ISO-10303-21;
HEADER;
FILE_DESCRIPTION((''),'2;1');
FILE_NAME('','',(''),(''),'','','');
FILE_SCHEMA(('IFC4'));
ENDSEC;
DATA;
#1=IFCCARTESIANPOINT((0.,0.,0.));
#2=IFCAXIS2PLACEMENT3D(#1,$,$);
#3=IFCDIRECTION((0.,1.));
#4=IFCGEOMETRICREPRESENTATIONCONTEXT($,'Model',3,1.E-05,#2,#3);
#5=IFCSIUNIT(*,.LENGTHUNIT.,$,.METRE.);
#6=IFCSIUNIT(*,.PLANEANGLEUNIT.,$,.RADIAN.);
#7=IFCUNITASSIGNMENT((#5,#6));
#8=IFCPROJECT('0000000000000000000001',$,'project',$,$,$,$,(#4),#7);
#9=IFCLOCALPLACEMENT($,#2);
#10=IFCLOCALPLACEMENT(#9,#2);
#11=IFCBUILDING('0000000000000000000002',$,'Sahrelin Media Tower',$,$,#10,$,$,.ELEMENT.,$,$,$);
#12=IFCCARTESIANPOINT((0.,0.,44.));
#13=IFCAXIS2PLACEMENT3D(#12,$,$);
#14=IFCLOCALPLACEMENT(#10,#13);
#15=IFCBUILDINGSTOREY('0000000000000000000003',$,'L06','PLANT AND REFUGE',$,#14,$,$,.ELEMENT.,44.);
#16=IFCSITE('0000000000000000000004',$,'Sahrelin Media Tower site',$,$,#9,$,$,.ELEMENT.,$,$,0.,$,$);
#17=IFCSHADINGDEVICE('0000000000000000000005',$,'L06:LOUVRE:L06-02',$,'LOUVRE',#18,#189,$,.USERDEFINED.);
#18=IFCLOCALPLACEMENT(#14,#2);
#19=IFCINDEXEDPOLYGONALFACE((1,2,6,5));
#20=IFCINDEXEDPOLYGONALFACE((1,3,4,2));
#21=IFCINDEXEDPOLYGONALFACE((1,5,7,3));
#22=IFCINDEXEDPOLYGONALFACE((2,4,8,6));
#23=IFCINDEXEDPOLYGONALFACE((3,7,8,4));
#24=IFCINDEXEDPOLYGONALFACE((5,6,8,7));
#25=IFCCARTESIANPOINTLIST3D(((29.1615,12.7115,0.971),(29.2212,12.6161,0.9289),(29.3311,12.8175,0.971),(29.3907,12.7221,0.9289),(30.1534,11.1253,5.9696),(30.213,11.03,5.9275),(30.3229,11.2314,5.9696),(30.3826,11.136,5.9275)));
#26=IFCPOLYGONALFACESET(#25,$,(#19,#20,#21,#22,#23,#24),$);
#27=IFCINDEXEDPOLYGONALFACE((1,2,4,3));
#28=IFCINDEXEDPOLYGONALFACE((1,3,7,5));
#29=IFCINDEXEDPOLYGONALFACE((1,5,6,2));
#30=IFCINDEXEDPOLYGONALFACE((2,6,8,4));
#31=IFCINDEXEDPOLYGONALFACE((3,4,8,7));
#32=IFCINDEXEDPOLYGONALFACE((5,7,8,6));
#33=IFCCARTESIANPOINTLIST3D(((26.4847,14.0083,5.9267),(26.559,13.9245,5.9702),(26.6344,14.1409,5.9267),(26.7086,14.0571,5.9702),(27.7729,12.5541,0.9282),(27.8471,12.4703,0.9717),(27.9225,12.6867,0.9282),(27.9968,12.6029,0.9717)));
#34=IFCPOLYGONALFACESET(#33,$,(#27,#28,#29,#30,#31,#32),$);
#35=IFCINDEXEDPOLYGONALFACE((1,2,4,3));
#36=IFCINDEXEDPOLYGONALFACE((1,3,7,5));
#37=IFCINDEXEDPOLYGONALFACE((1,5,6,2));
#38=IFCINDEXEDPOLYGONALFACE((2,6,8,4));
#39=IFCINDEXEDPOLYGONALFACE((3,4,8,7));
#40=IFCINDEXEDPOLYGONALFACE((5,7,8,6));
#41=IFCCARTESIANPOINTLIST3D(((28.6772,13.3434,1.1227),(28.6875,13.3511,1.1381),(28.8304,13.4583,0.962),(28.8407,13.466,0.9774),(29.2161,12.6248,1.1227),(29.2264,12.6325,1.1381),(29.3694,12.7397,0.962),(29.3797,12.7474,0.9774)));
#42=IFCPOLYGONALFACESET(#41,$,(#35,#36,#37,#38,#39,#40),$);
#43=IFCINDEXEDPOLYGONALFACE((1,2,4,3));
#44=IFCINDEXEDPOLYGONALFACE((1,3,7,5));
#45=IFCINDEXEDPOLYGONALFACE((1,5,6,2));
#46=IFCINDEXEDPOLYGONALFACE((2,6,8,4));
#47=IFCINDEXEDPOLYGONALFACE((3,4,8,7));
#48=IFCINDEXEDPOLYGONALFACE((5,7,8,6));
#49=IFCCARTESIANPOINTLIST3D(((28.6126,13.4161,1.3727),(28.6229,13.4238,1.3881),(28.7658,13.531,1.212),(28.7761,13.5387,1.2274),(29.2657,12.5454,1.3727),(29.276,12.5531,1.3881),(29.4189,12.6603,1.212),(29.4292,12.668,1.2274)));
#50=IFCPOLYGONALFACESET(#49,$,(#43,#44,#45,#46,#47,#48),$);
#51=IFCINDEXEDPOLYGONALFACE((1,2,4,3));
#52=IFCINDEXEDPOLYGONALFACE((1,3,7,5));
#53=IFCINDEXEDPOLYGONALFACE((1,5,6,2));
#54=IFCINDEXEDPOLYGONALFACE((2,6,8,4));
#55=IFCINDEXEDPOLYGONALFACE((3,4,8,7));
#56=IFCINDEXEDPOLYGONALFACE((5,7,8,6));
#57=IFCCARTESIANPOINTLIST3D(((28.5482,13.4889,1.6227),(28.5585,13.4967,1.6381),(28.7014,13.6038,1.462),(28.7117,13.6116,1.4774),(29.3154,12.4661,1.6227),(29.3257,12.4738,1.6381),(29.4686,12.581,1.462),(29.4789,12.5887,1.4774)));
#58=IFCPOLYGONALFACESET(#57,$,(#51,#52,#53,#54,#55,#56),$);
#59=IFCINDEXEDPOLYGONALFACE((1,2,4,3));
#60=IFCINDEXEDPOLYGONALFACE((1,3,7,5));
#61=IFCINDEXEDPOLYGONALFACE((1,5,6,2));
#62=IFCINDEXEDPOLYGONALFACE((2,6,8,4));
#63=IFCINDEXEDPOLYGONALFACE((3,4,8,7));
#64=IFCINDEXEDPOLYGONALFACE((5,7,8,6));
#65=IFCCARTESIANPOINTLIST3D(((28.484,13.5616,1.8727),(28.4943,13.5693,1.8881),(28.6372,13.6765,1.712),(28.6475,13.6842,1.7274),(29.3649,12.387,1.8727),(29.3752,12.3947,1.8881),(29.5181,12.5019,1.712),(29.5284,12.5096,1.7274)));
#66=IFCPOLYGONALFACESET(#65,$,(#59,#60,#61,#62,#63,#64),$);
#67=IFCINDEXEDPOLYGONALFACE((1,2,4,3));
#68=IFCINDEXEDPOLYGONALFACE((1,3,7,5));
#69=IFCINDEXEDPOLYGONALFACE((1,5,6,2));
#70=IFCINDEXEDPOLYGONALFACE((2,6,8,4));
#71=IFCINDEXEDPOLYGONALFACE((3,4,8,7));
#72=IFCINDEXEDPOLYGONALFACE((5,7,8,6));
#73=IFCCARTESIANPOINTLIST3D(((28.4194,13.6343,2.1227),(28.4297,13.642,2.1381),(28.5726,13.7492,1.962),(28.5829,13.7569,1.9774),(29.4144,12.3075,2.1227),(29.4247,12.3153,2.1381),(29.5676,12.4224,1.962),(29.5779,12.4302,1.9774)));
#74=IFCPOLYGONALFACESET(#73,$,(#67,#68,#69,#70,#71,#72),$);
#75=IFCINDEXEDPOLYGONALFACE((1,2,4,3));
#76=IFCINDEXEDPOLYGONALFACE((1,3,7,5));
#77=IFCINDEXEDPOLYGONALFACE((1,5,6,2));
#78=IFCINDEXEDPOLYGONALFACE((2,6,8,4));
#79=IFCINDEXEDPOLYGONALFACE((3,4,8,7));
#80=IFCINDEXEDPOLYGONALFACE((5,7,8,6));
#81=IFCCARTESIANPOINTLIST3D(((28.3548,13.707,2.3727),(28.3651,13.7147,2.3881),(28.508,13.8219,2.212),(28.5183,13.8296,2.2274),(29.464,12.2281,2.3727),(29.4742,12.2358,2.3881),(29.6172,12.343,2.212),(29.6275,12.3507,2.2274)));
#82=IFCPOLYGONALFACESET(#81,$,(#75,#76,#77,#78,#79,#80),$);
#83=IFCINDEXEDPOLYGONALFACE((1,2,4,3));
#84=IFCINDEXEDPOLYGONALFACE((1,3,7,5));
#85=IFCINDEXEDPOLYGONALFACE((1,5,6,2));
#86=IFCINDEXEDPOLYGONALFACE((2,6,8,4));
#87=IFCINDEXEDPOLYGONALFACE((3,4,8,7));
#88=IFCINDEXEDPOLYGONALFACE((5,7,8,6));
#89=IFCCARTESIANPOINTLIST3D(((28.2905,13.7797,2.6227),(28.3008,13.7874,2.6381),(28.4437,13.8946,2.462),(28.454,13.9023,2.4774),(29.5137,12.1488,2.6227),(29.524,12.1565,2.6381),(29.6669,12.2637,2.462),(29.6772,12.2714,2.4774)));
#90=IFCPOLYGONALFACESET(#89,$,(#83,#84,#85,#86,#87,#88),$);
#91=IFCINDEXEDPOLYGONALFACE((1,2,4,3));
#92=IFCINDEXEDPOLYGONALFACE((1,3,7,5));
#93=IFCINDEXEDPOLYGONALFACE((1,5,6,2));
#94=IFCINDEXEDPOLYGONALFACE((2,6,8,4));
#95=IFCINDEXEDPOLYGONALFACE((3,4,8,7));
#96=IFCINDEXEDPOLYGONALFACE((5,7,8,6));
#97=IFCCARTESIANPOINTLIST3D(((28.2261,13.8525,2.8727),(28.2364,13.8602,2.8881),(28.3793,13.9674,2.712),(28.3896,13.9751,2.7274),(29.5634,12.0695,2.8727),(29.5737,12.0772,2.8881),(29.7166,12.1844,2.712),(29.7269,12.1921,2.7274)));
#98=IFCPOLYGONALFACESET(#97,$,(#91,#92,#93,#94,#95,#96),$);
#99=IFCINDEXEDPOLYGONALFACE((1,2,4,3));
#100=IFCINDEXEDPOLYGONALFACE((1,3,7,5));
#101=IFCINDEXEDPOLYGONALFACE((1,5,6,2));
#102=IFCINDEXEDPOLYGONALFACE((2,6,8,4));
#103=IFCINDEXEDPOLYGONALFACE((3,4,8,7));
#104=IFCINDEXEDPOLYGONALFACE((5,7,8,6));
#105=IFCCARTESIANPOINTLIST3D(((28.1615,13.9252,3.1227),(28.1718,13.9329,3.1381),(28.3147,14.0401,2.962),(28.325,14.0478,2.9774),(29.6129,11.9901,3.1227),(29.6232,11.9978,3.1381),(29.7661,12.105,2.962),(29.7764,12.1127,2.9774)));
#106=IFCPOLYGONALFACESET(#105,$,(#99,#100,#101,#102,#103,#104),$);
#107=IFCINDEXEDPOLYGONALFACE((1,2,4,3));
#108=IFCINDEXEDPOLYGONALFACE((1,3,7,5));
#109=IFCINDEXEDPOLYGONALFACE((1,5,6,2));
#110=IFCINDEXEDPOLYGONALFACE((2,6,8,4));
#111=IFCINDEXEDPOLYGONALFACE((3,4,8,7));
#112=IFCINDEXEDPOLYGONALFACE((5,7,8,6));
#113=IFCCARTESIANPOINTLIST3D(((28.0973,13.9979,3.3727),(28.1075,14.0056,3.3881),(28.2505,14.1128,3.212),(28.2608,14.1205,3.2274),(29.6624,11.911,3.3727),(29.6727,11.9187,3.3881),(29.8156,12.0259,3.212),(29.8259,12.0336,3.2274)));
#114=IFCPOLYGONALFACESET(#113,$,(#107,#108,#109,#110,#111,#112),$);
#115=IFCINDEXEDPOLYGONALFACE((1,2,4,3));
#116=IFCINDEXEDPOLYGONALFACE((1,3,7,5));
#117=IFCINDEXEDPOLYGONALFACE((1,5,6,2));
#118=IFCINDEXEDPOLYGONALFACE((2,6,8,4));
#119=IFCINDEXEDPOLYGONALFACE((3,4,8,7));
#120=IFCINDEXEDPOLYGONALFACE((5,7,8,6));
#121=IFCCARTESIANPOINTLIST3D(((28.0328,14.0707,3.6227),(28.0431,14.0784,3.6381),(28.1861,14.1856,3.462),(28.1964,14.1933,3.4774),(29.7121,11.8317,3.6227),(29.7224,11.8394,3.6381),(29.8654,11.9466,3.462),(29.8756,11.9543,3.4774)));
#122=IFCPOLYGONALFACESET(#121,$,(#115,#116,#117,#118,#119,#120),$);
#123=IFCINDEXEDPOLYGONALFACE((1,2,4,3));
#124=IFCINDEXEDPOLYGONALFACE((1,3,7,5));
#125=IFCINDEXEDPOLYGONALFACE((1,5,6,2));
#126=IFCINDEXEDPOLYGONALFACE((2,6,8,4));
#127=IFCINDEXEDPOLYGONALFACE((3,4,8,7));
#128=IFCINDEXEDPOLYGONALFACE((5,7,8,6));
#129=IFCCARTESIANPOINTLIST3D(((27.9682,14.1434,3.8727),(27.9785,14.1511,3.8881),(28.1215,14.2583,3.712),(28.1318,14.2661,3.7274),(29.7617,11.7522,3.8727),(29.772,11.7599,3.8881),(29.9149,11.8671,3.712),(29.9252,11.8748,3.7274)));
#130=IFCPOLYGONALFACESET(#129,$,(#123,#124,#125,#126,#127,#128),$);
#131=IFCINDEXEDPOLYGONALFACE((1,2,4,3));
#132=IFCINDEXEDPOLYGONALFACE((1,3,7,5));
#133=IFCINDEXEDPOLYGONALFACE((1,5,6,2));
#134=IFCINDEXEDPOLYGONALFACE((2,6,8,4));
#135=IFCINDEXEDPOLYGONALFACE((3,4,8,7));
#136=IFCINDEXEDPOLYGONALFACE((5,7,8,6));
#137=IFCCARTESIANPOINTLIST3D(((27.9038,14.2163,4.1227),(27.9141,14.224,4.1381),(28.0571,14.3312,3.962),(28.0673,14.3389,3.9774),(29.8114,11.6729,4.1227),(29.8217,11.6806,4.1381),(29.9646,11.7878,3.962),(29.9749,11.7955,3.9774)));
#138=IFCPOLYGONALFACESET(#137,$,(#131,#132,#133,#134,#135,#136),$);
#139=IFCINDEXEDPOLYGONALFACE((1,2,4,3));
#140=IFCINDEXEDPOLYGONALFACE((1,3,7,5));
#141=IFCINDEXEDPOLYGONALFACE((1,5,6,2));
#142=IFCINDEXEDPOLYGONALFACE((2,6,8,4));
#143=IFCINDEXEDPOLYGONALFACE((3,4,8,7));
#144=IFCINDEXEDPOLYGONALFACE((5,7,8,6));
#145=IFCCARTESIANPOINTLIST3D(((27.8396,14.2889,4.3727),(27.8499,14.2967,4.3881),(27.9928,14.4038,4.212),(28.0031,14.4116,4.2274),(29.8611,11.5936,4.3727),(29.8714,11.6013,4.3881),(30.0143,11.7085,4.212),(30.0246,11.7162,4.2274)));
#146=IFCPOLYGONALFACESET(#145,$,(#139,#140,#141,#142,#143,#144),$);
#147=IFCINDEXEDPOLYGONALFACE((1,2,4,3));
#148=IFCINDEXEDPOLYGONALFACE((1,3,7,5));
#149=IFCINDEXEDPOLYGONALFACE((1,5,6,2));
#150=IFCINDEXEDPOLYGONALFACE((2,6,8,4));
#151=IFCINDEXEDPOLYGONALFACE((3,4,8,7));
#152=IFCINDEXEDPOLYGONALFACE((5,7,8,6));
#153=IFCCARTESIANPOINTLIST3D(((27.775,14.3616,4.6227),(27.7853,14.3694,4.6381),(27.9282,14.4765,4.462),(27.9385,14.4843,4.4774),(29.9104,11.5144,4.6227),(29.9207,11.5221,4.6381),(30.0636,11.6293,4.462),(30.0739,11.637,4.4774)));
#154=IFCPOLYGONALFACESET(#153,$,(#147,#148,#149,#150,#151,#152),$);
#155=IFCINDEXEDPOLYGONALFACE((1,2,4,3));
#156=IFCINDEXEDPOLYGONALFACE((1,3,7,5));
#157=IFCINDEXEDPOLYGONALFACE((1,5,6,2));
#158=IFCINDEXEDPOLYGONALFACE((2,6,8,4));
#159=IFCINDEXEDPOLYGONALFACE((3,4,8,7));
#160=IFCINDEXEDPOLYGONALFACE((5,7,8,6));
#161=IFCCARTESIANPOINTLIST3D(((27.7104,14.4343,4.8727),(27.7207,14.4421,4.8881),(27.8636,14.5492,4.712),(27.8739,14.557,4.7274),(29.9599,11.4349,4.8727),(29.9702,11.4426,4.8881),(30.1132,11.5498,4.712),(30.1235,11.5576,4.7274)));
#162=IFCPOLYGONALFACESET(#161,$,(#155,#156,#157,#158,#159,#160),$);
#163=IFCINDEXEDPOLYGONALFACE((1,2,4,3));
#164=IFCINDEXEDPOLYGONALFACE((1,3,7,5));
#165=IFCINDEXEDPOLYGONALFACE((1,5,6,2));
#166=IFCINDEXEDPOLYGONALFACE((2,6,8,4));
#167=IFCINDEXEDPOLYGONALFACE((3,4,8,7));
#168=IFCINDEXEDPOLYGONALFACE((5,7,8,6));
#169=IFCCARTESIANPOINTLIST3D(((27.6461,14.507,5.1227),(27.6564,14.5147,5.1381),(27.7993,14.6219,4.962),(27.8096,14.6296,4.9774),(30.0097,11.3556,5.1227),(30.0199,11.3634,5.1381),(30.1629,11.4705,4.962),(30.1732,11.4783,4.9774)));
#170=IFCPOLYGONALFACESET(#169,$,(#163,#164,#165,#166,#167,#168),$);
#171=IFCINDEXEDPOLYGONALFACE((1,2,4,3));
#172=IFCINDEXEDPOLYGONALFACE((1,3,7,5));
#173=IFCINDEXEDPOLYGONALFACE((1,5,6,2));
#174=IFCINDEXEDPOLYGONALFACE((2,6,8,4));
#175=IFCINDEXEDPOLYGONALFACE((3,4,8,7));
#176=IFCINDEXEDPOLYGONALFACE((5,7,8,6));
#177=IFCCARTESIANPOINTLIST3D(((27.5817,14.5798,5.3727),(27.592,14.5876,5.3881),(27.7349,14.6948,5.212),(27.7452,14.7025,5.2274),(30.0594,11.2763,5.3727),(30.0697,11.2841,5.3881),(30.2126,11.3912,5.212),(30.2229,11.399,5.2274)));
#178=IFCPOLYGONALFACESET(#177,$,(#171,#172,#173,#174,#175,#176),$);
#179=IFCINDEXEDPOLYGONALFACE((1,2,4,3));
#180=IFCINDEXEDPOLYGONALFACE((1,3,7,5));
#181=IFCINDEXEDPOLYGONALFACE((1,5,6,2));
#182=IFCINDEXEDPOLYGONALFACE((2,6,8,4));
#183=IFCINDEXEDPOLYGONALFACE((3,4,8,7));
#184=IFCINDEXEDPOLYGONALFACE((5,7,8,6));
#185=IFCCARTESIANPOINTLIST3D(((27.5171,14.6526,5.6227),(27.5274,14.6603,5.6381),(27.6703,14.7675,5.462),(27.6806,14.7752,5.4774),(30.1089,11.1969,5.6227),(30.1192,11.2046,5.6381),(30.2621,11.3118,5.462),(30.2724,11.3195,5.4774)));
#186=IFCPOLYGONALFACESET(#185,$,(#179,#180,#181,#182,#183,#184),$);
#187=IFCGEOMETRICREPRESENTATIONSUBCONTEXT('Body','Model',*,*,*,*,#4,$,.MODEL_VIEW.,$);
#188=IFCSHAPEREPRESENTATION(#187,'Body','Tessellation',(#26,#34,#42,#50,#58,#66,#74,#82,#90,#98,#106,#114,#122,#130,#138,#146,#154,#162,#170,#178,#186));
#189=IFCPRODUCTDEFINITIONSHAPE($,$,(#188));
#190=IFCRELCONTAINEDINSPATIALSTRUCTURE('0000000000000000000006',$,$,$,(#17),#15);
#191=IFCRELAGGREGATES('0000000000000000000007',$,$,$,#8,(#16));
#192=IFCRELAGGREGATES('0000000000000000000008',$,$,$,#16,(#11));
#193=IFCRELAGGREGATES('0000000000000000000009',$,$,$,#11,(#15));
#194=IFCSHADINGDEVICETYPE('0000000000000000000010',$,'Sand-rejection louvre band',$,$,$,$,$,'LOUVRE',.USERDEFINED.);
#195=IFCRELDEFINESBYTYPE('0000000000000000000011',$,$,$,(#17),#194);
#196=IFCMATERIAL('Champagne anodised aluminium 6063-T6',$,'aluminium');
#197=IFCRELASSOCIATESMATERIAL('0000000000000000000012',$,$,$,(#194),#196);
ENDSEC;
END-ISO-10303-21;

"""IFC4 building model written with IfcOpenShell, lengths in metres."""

from ifc_helpers import new_model, si_unit, direction, frame, origin, origin_2d, place, context, subcontext, project, spatial, rectangle, extrude, material, type_object, element, save


model = new_model("IFC4")

# Units and contexts
model_context = context("Model", 3, precision=1e-05, world=origin(), true_north=direction((0.0, 1.0)))
body_context = subcontext(model_context, "Body", "Model", "MODEL_VIEW")
ifc_project = project(units=[si_unit("LENGTHUNIT", "METRE"), si_unit("PLANEANGLEUNIT", "RADIAN")], contexts=[model_context])

# Site, building, storey
site_placement = place(None, origin())
site = spatial("IfcSite", under=ifc_project, at=site_placement, Name="Sahrelin Media Tower site", CompositionType="ELEMENT", RefElevation=0.0)
building_placement = place(site_placement, origin())
building = spatial("IfcBuilding", under=site, at=building_placement, Name="Sahrelin Media Tower", CompositionType="ELEMENT")
storey_placement = place(building_placement, frame((0.0, 0.0, 44.0)))
storey = spatial("IfcBuildingStorey", under=building, at=storey_placement, Name="L06", Description="PLANT AND REFUGE", CompositionType="ELEMENT", Elevation=44.0)

# Shading device
ifc_material_1 = material(Name="Champagne anodised aluminium 6063-T6", Category="aluminium")
shading_device_type = type_object("IfcShadingDeviceType", Name="Sand-rejection louvre band", ElementType="LOUVRE", PredefinedType="USERDEFINED", material=ifc_material_1)
shading_device_1_placement = place(storey_placement, frame((28.5645, 12.7192, 0.0), z_axis=(0.0, 0.0, 1.0), x_axis=(0.6, -0.8, 0.0)))
element("IfcShadingDevice", 1, at=shading_device_1_placement, inside=storey, type_object=shading_device_type, Name="L06:LOUVRE:L06-02", ObjectType="LOUVRE", PredefinedType="USERDEFINED", context=body_context, shape_type="SweptSolid", body=[
    extrude(rectangle(XDim=0.2, YDim=0.1201, at=origin_2d()), frame((0.429, 0.5679, 0.95), z_axis=(0.349254, -0.029642, 0.936559), x_axis=(0.084568, 0.996418, 0.0)), (0.0, 0.0, 1.0), 5.3372),
    extrude(rectangle(XDim=0.2, YDim=0.1201, at=origin_2d()), frame((-0.2952, -0.6282, 0.95), z_axis=(-0.361058, -0.029455, 0.932078), x_axis=(0.081309, -0.996689, 0.0)), (0.0, 0.0, 1.0), 5.3628),
    extrude(rectangle(XDim=0.25, YDim=0.02, at=origin_2d()), frame((0.4666, 0.5669, 1.05), z_axis=(-1.0, 0.0, 0.0), x_axis=(0.0, -0.766044, 0.642788)), (0.0, 0.0, 1.0), 0.8982),
    extrude(rectangle(XDim=0.25, YDim=0.02, at=origin_2d()), frame((0.5598, 0.5588, 1.3), z_axis=(-1.0, 0.0, 0.0), x_axis=(0.0, -0.766044, 0.642788)), (0.0, 0.0, 1.0), 1.0884),
    extrude(rectangle(XDim=0.25, YDim=0.02, at=origin_2d()), frame((0.6531, 0.551, 1.55), z_axis=(-1.0, 0.0, 0.0), x_axis=(0.0, -0.766044, 0.642788)), (0.0, 0.0, 1.0), 1.2786),
    extrude(rectangle(XDim=0.25, YDim=0.02, at=origin_2d()), frame((0.7461, 0.5432, 1.8), z_axis=(-1.0, 0.0, 0.0), x_axis=(0.0, -0.766044, 0.642788)), (0.0, 0.0, 1.0), 1.4683),
    extrude(rectangle(XDim=0.25, YDim=0.02, at=origin_2d()), frame((0.8394, 0.5352, 2.05), z_axis=(-1.0, 0.0, 0.0), x_axis=(0.0, -0.766044, 0.642788)), (0.0, 0.0, 1.0), 1.6584),
    extrude(rectangle(XDim=0.25, YDim=0.02, at=origin_2d()), frame((0.9326, 0.5271, 2.3), z_axis=(-1.0, 0.0, 0.0), x_axis=(0.0, -0.766044, 0.642788)), (0.0, 0.0, 1.0), 1.8486),
    extrude(rectangle(XDim=0.25, YDim=0.02, at=origin_2d()), frame((1.0259, 0.5193, 2.55), z_axis=(-1.0, 0.0, 0.0), x_axis=(0.0, -0.766044, 0.642788)), (0.0, 0.0, 1.0), 2.0386),
    extrude(rectangle(XDim=0.25, YDim=0.02, at=origin_2d()), frame((1.1191, 0.5115, 2.8), z_axis=(-1.0, 0.0, 0.0), x_axis=(0.0, -0.766044, 0.642788)), (0.0, 0.0, 1.0), 2.2288),
    extrude(rectangle(XDim=0.25, YDim=0.02, at=origin_2d()), frame((1.2124, 0.5034, 3.05), z_axis=(-1.0, 0.0, 0.0), x_axis=(0.0, -0.766044, 0.642788)), (0.0, 0.0, 1.0), 2.4189),
    extrude(rectangle(XDim=0.25, YDim=0.02, at=origin_2d()), frame((1.3054, 0.4956, 3.3), z_axis=(-1.0, 0.0, 0.0), x_axis=(0.0, -0.766044, 0.642788)), (0.0, 0.0, 1.0), 2.6086),
    extrude(rectangle(XDim=0.25, YDim=0.02, at=origin_2d()), frame((1.3987, 0.4878, 3.55), z_axis=(-1.0, 0.0, 0.0), x_axis=(0.0, -0.766044, 0.642788)), (0.0, 0.0, 1.0), 2.7988),
    extrude(rectangle(XDim=0.25, YDim=0.02, at=origin_2d()), frame((1.4919, 0.4797, 3.8), z_axis=(-1.0, 0.0, 0.0), x_axis=(0.0, -0.766044, 0.642788)), (0.0, 0.0, 1.0), 2.989),
    extrude(rectangle(XDim=0.25, YDim=0.02, at=origin_2d()), frame((1.5852, 0.4719, 4.05), z_axis=(-1.0, 0.0, 0.0), x_axis=(0.0, -0.766044, 0.642788)), (0.0, 0.0, 1.0), 3.1792),
    extrude(rectangle(XDim=0.25, YDim=0.02, at=origin_2d()), frame((1.6785, 0.4641, 4.3), z_axis=(-1.0, 0.0, 0.0), x_axis=(0.0, -0.766044, 0.642788)), (0.0, 0.0, 1.0), 3.3691),
    extrude(rectangle(XDim=0.25, YDim=0.02, at=origin_2d()), frame((1.7715, 0.4561, 4.55), z_axis=(-1.0, 0.0, 0.0), x_axis=(0.0, -0.766044, 0.642788)), (0.0, 0.0, 1.0), 3.5591),
    extrude(rectangle(XDim=0.25, YDim=0.02, at=origin_2d()), frame((1.8647, 0.448, 4.8), z_axis=(-1.0, 0.0, 0.0), x_axis=(0.0, -0.766044, 0.642788)), (0.0, 0.0, 1.0), 3.7493),
    extrude(rectangle(XDim=0.25, YDim=0.02, at=origin_2d()), frame((1.958, 0.4402, 5.05), z_axis=(-1.0, 0.0, 0.0), x_axis=(0.0, -0.766044, 0.642788)), (0.0, 0.0, 1.0), 3.9392),
    extrude(rectangle(XDim=0.25, YDim=0.02, at=origin_2d()), frame((2.0513, 0.4324, 5.3), z_axis=(-1.0, 0.0, 0.0), x_axis=(0.0, -0.766044, 0.642788)), (0.0, 0.0, 1.0), 4.1294),
    extrude(rectangle(XDim=0.25, YDim=0.02, at=origin_2d()), frame((2.1445, 0.4243, 5.55), z_axis=(-1.0, 0.0, 0.0), x_axis=(0.0, -0.766044, 0.642788)), (0.0, 0.0, 1.0), 4.3196),
])

save(model, "model.ifc")
